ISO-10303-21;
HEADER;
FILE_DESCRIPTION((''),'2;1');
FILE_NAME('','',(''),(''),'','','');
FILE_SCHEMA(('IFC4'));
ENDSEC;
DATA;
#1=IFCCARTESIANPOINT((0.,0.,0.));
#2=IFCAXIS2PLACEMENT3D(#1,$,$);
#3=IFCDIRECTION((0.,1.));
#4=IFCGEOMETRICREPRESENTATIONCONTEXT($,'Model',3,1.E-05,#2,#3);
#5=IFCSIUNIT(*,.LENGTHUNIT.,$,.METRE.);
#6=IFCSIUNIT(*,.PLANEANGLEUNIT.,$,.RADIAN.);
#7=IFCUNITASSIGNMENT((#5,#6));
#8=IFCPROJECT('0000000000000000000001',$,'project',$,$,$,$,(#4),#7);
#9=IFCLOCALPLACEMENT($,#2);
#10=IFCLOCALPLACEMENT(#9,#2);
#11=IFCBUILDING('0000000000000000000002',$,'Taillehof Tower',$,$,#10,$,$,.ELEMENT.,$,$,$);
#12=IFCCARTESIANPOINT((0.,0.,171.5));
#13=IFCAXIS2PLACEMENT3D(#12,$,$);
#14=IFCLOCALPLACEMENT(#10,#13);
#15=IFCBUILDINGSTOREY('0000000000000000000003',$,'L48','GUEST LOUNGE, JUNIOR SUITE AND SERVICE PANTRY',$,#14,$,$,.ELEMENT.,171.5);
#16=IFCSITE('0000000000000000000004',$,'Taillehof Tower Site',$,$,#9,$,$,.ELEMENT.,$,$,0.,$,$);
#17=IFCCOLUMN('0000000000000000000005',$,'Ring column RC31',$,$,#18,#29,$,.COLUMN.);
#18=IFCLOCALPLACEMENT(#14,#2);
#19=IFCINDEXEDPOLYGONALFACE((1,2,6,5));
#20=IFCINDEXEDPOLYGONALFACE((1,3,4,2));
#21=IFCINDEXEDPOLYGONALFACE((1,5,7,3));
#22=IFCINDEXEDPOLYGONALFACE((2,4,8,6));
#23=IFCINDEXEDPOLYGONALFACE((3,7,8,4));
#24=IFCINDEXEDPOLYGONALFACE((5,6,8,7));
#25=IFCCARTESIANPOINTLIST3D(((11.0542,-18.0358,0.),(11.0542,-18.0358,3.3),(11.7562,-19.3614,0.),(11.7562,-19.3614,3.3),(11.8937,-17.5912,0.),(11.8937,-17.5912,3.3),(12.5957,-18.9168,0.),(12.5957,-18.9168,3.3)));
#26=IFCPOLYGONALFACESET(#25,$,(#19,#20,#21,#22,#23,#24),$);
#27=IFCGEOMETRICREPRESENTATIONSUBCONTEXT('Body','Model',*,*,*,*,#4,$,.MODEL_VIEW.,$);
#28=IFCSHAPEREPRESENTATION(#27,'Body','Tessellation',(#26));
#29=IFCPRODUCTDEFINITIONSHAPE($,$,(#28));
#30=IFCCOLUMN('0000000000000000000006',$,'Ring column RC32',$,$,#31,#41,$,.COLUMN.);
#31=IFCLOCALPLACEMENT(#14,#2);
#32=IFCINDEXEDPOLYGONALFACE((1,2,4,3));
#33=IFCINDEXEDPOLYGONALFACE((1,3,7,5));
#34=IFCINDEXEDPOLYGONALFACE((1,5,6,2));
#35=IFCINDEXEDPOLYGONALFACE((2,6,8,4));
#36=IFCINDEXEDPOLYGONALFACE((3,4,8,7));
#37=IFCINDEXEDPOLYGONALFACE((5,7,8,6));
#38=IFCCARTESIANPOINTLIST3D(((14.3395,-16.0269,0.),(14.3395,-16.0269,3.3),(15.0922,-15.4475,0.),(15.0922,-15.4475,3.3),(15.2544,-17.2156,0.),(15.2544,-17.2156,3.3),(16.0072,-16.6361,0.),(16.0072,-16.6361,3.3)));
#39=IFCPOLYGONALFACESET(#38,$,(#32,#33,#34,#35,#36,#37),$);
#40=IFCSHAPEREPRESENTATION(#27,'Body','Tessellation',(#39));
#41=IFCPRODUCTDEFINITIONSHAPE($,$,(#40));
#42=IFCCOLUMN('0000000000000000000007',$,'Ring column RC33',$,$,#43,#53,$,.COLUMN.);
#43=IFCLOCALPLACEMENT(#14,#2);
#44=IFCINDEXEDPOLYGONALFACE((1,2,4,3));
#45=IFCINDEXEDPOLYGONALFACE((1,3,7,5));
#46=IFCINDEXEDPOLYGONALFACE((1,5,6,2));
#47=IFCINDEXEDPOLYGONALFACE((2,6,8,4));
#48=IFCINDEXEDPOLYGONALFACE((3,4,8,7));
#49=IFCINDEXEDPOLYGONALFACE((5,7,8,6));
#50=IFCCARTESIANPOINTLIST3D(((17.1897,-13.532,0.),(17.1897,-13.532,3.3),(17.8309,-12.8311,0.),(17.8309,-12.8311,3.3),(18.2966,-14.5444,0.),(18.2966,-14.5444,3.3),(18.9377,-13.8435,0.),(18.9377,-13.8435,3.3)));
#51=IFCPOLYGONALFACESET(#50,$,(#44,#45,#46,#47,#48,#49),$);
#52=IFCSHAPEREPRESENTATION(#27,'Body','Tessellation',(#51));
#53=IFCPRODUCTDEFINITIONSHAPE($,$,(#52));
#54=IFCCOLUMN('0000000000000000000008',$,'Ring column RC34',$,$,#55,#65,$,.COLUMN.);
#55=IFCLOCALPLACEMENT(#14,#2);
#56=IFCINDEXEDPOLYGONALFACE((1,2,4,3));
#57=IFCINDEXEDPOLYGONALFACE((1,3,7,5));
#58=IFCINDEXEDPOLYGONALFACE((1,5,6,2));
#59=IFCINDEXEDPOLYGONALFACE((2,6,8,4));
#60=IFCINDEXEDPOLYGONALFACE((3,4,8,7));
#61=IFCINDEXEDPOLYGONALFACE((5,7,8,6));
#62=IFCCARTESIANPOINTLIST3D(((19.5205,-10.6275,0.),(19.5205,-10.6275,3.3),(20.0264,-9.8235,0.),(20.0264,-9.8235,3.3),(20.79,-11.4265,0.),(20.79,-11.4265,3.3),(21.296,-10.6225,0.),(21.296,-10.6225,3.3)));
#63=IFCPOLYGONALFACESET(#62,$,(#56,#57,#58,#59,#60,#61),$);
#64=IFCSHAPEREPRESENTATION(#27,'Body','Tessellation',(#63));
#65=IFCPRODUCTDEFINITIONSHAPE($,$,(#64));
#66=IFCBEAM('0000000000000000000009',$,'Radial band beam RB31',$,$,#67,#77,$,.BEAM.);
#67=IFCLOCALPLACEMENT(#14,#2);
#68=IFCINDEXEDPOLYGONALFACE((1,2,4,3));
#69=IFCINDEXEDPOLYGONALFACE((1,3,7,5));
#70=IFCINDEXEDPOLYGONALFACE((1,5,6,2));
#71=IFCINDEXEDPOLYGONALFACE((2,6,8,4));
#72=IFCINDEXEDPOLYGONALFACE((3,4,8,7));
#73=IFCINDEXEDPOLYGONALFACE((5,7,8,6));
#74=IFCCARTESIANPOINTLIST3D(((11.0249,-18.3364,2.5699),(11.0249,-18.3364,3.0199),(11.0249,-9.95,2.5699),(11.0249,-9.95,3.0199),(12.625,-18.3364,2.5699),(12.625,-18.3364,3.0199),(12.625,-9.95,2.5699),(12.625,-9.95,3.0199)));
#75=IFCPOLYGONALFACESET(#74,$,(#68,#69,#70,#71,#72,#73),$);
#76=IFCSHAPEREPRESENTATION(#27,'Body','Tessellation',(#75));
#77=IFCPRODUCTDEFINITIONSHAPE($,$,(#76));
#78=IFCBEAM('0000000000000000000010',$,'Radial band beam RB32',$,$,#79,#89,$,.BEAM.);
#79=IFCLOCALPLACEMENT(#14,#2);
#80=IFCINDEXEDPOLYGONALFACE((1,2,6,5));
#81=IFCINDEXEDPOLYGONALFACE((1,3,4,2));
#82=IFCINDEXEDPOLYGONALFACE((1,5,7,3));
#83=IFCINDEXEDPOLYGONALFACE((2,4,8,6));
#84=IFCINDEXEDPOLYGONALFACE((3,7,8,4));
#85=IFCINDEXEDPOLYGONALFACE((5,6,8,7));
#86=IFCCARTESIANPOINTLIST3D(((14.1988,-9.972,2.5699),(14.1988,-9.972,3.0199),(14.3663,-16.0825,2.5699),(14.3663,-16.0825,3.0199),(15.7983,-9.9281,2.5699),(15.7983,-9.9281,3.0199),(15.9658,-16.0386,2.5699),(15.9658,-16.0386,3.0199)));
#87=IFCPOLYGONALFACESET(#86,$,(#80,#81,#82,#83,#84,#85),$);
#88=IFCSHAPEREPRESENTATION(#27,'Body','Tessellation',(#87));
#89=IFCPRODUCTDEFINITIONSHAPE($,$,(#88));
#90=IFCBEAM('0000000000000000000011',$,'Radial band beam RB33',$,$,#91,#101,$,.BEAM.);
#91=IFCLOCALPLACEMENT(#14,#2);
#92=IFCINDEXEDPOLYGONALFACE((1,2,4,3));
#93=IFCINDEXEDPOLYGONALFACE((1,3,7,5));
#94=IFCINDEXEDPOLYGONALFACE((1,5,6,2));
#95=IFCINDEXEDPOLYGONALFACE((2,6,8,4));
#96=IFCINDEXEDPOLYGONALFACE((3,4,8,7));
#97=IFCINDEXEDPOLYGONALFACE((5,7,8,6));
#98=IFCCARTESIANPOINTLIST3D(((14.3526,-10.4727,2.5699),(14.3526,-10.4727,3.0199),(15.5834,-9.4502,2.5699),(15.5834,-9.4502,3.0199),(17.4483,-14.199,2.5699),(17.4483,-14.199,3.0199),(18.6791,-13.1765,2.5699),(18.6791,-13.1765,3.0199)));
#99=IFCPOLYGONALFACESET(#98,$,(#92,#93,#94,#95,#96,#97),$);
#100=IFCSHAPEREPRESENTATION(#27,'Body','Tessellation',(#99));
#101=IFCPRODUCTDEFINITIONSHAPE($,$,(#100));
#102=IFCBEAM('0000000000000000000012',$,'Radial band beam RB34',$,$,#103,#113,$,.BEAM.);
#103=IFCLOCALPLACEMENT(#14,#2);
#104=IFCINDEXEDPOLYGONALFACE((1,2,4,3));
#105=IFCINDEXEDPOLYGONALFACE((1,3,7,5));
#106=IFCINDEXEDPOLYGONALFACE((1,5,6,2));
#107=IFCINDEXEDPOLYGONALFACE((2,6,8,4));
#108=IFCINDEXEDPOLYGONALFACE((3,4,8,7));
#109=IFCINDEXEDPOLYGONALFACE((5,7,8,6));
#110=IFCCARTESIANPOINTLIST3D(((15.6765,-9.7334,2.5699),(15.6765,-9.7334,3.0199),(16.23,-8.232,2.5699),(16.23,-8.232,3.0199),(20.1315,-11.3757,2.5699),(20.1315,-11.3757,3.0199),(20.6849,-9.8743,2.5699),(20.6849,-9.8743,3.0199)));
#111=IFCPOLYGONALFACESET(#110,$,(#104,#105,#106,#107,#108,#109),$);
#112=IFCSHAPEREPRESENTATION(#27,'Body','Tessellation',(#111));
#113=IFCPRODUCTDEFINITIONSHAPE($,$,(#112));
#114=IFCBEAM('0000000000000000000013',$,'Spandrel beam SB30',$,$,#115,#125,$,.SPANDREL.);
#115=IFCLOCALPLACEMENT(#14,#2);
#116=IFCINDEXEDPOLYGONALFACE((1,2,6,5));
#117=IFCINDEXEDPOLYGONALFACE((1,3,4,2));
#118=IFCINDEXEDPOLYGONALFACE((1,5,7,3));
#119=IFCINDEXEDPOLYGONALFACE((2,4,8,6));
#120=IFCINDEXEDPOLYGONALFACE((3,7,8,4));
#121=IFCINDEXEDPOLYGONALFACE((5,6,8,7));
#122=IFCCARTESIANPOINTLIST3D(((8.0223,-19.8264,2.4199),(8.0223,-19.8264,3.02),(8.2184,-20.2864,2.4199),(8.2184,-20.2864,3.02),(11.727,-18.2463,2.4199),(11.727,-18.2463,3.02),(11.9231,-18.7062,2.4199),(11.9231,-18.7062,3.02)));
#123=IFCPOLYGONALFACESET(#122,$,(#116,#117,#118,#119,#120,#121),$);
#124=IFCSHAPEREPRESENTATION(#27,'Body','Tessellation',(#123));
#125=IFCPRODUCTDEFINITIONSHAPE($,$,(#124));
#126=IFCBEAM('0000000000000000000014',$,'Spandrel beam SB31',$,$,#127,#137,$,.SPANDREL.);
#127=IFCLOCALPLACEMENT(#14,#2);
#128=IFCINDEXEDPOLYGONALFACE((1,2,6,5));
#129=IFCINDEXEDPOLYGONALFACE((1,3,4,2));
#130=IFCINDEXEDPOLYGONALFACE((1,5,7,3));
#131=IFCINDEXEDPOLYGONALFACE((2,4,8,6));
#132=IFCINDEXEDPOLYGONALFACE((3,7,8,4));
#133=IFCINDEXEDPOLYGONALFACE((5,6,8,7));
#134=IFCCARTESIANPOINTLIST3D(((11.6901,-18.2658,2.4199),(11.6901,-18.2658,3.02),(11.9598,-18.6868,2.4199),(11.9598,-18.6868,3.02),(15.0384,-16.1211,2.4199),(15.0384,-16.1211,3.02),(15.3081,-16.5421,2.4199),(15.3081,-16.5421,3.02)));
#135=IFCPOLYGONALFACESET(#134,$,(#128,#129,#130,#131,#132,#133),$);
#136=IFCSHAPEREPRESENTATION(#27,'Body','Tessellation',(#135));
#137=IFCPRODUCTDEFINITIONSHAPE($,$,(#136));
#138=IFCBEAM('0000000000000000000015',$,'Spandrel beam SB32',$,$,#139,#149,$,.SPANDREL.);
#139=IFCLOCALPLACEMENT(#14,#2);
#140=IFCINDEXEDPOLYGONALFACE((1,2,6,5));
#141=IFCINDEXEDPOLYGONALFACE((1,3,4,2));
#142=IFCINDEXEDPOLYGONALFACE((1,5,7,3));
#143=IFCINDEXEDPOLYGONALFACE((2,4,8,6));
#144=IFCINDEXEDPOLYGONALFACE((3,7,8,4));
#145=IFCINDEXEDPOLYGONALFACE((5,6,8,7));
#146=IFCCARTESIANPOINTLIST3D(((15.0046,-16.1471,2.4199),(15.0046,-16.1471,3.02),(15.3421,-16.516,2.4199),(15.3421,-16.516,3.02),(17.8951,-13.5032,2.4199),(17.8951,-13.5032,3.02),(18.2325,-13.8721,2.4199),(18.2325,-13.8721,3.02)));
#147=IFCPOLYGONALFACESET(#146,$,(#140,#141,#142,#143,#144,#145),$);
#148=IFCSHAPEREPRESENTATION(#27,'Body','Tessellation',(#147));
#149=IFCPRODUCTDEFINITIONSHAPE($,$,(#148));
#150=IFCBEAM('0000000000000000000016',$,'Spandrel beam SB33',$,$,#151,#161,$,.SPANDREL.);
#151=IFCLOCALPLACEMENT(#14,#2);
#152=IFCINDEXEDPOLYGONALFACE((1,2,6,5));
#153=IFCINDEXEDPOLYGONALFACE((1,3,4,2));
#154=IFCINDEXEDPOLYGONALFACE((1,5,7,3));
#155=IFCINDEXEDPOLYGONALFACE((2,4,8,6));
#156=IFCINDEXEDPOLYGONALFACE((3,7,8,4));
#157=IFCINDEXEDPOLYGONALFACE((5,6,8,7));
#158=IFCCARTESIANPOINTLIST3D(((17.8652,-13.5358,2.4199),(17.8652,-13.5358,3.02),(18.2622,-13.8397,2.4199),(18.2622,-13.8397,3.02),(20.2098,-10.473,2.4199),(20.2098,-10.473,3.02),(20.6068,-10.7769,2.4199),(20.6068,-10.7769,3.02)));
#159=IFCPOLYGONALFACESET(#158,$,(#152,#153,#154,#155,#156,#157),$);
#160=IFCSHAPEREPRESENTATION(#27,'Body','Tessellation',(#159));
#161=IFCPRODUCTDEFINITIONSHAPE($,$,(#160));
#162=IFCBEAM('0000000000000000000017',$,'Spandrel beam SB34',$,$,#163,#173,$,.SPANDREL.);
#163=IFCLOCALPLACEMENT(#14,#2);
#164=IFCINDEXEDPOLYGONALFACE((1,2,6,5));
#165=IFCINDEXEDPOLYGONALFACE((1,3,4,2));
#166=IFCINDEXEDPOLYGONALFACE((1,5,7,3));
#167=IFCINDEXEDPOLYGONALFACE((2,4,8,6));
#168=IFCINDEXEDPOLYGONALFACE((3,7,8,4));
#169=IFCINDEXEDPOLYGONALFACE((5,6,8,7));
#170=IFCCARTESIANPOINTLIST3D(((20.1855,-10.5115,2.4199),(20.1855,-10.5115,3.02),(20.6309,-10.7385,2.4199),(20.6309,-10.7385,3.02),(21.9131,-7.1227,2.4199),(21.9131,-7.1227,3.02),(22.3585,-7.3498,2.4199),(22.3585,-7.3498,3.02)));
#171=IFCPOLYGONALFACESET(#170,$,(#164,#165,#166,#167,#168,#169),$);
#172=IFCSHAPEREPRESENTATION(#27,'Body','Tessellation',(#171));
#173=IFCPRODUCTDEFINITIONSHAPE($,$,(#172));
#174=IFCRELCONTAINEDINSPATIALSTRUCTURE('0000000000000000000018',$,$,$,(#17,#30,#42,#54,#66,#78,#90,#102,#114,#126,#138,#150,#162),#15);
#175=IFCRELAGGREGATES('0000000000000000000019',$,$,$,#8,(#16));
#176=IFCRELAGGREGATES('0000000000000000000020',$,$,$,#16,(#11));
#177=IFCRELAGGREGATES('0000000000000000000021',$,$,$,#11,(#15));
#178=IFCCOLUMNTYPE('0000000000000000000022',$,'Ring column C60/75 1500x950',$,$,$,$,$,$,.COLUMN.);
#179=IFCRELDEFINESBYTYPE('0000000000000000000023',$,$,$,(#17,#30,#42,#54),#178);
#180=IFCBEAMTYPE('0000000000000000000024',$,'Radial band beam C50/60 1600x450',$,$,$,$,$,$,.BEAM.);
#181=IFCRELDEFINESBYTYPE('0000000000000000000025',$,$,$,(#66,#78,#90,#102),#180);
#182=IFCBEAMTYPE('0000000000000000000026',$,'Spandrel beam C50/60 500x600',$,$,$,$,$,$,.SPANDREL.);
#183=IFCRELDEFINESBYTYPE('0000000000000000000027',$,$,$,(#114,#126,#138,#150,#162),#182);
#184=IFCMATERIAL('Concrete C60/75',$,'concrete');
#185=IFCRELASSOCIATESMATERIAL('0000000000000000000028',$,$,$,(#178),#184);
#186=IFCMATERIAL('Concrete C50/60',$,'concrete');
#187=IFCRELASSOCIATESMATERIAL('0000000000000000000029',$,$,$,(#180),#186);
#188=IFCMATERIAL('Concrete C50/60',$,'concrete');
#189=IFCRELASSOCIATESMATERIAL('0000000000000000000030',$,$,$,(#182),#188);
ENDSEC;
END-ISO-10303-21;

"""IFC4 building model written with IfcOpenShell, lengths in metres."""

from ifc_helpers import new_model, si_unit, direction, frame, origin, origin_2d, place, context, subcontext, project, spatial, rectangle, extrude, material, material_profile, profile_set, type_object, element, save


model = new_model("IFC4")

# Units and contexts
model_context = context("Model", 3, precision=1e-05, world=origin(), true_north=direction((0.0, 1.0)))
body_context = subcontext(model_context, "Body", "Model", "MODEL_VIEW")
ifc_project = project(units=[si_unit("LENGTHUNIT", "METRE"), si_unit("PLANEANGLEUNIT", "RADIAN")], contexts=[model_context])

# Site, building, storey
site_placement = place(None, origin())
site = spatial("IfcSite", under=ifc_project, at=site_placement, Name="Taillehof Tower Site", CompositionType="ELEMENT", RefElevation=0.0)
building_placement = place(site_placement, origin())
building = spatial("IfcBuilding", under=site, at=building_placement, Name="Taillehof Tower", CompositionType="ELEMENT")
storey_placement = place(building_placement, frame((0.0, 0.0, 171.5)))
storey = spatial("IfcBuildingStorey", under=building, at=storey_placement, Name="L48", Description="GUEST LOUNGE, JUNIOR SUITE AND SERVICE PANTRY", CompositionType="ELEMENT", Elevation=171.5)

# Columns
ifc_material_1 = material(Name="Concrete C60/75", Category="concrete")
ifc_material_profile_1 = material_profile(ifc_material_1, rectangle(XDim=1.5, YDim=0.95, at=origin_2d()), Name="RC 1500x950")
ifc_profile_set_1 = profile_set([ifc_material_profile_1], Name="Concrete C60/75")
column_type = type_object("IfcColumnType", Name="Ring column C60/75 1500x950", PredefinedType="COLUMN", material=ifc_profile_set_1)
for number, where, z_axis, x_axis, name in (
    (1, (11.825, -18.4763, 0.0), (0.0, 0.0, 1.0), (0.468042, -0.883706, 0.0), "Ring column RC31"),
    (2, (15.1733, -16.3315, 0.0), (0.0, 0.0, 1.0), (0.609971, -0.792424, 0.0), "Ring column RC32"),
    (3, (18.0637, -13.6877, 0.0), (0.0, 0.0, 1.0), (0.737879, -0.674933, 0.0), "Ring column RC33"),
    (4, (20.4082, -10.625, 0.0), (0.0, 0.0, 1.0), (0.846334, -0.532652, 0.0), "Ring column RC34"),
):
    element("IfcColumn", number, at=place(storey_placement, frame(where, z_axis=z_axis, x_axis=x_axis)), inside=storey, type_object=column_type, Name=name, PredefinedType="COLUMN", context=body_context, shape_type="SweptSolid", body=[
        extrude(rectangle(XDim=1.5, YDim=0.95, at=origin_2d()), origin(), (0.0, 0.0, 1.0), 3.3),
    ])

# Beams
ifc_material_2 = material(Name="Concrete C50/60", Category="concrete")
ifc_material_profile_2 = material_profile(ifc_material_2, rectangle(XDim=1.6001, YDim=0.45, at=origin_2d()), Name="RC 1600x450")
ifc_profile_set_2 = profile_set([ifc_material_profile_2], Name="Concrete C50/60")
beam_type_1 = type_object("IfcBeamType", Name="Radial band beam C50/60 1600x450", PredefinedType="BEAM", material=ifc_profile_set_2)
beam_1_placement = place(storey_placement, frame((11.825, -18.3364, 2.7949), z_axis=(0.0, 1.0, 0.0), x_axis=(-1.0, 0.0, 0.0)))
element("IfcBeam", 5, at=beam_1_placement, inside=storey, type_object=beam_type_1, Name="Radial band beam RB31", PredefinedType="BEAM", context=body_context, shape_type="SweptSolid", body=[
    extrude(rectangle(XDim=1.6001, YDim=0.45, at=origin_2d()), origin(), (0.0, 0.0, 1.0), 8.3865),
])
beam_2_placement = place(storey_placement, frame((15.166, -16.0605, 2.7949), z_axis=(-0.027398, 0.999625, 0.0), x_axis=(-0.999625, -0.027398, 0.0)))
element("IfcBeam", 6, at=beam_2_placement, inside=storey, type_object=beam_type_1, Name="Radial band beam RB32", PredefinedType="BEAM", context=body_context, shape_type="SweptSolid", body=[
    extrude(rectangle(XDim=1.6001, YDim=0.45, at=origin_2d()), origin(), (0.0, 0.0, 1.0), 6.1128),
])
beam_3_placement = place(storey_placement, frame((18.0637, -13.6877, 2.7949), z_axis=(-0.639019, 0.769191, 0.0), x_axis=(-0.769191, -0.639019, 0.0)))
element("IfcBeam", 7, at=beam_3_placement, inside=storey, type_object=beam_type_1, Name="Radial band beam RB33", PredefinedType="BEAM", context=body_context, shape_type="SweptSolid", body=[
    extrude(rectangle(XDim=1.6001, YDim=0.45, at=origin_2d()), origin(), (0.0, 0.0, 1.0), 4.8445),
])
beam_4_placement = place(storey_placement, frame((20.4082, -10.625, 2.7949), z_axis=(-0.938276, 0.345889, 0.0), x_axis=(-0.345889, -0.938276, 0.0)))
element("IfcBeam", 8, at=beam_4_placement, inside=storey, type_object=beam_type_1, Name="Radial band beam RB34", PredefinedType="BEAM", context=body_context, shape_type="SweptSolid", body=[
    extrude(rectangle(XDim=1.6001, YDim=0.45, at=origin_2d()), origin(), (0.0, 0.0, 1.0), 4.748),
])
ifc_material_3 = material(Name="Concrete C50/60", Category="concrete")
ifc_material_profile_3 = material_profile(ifc_material_3, rectangle(XDim=0.5, YDim=0.6001, at=origin_2d()), Name="RC 500x600")
ifc_profile_set_3 = profile_set([ifc_material_profile_3], Name="Concrete C50/60")
beam_type_2 = type_object("IfcBeamType", Name="Spandrel beam C50/60 500x600", PredefinedType="SPANDREL", material=ifc_profile_set_3)
beam_5_placement = place(storey_placement, frame((8.1204, -20.0564, 2.72), z_axis=(0.919827, 0.392324, 0.0), x_axis=(-0.392324, 0.919827, 0.0)))
element("IfcBeam", 9, at=beam_5_placement, inside=storey, type_object=beam_type_2, Name="Spandrel beam SB30", PredefinedType="SPANDREL", context=body_context, shape_type="SweptSolid", body=[
    extrude(rectangle(XDim=0.5, YDim=0.6001, at=origin_2d()), origin(), (0.0, 0.0, 1.0), 4.0276),
])
beam_6_placement = place(storey_placement, frame((11.825, -18.4763, 2.72), z_axis=(0.842065, 0.539376, 0.0), x_axis=(-0.539376, 0.842065, 0.0)))
element("IfcBeam", 10, at=beam_6_placement, inside=storey, type_object=beam_type_2, Name="Spandrel beam SB31", PredefinedType="SPANDREL", context=body_context, shape_type="SweptSolid", body=[
    extrude(rectangle(XDim=0.5, YDim=0.6001, at=origin_2d()), origin(), (0.0, 0.0, 1.0), 3.9763),
])
beam_7_placement = place(storey_placement, frame((15.1733, -16.3315, 2.72), z_axis=(0.737881, 0.674931, 0.0), x_axis=(-0.674931, 0.737881, 0.0)))
element("IfcBeam", 11, at=beam_7_placement, inside=storey, type_object=beam_type_2, Name="Spandrel beam SB32", PredefinedType="SPANDREL", context=body_context, shape_type="SweptSolid", body=[
    extrude(rectangle(XDim=0.5, YDim=0.6001, at=origin_2d()), origin(), (0.0, 0.0, 1.0), 3.9172),
])
beam_8_placement = place(storey_placement, frame((18.0637, -13.6877, 2.72), z_axis=(0.60784, 0.794059, 0.0), x_axis=(-0.794059, 0.60784, 0.0)))
element("IfcBeam", 12, at=beam_8_placement, inside=storey, type_object=beam_type_2, Name="Spandrel beam SB33", PredefinedType="SPANDREL", context=body_context, shape_type="SweptSolid", body=[
    extrude(rectangle(XDim=0.5, YDim=0.6001, at=origin_2d()), origin(), (0.0, 0.0, 1.0), 3.8572),
])
beam_9_placement = place(storey_placement, frame((20.4082, -10.625, 2.72), z_axis=(0.454183, 0.890908, 0.0), x_axis=(-0.890908, 0.454183, 0.0)))
element("IfcBeam", 13, at=beam_9_placement, inside=storey, type_object=beam_type_2, Name="Spandrel beam SB34", PredefinedType="SPANDREL", context=body_context, shape_type="SweptSolid", body=[
    extrude(rectangle(XDim=0.5, YDim=0.6001, at=origin_2d()), origin(), (0.0, 0.0, 1.0), 3.8037),
])

save(model, "model.ifc")
